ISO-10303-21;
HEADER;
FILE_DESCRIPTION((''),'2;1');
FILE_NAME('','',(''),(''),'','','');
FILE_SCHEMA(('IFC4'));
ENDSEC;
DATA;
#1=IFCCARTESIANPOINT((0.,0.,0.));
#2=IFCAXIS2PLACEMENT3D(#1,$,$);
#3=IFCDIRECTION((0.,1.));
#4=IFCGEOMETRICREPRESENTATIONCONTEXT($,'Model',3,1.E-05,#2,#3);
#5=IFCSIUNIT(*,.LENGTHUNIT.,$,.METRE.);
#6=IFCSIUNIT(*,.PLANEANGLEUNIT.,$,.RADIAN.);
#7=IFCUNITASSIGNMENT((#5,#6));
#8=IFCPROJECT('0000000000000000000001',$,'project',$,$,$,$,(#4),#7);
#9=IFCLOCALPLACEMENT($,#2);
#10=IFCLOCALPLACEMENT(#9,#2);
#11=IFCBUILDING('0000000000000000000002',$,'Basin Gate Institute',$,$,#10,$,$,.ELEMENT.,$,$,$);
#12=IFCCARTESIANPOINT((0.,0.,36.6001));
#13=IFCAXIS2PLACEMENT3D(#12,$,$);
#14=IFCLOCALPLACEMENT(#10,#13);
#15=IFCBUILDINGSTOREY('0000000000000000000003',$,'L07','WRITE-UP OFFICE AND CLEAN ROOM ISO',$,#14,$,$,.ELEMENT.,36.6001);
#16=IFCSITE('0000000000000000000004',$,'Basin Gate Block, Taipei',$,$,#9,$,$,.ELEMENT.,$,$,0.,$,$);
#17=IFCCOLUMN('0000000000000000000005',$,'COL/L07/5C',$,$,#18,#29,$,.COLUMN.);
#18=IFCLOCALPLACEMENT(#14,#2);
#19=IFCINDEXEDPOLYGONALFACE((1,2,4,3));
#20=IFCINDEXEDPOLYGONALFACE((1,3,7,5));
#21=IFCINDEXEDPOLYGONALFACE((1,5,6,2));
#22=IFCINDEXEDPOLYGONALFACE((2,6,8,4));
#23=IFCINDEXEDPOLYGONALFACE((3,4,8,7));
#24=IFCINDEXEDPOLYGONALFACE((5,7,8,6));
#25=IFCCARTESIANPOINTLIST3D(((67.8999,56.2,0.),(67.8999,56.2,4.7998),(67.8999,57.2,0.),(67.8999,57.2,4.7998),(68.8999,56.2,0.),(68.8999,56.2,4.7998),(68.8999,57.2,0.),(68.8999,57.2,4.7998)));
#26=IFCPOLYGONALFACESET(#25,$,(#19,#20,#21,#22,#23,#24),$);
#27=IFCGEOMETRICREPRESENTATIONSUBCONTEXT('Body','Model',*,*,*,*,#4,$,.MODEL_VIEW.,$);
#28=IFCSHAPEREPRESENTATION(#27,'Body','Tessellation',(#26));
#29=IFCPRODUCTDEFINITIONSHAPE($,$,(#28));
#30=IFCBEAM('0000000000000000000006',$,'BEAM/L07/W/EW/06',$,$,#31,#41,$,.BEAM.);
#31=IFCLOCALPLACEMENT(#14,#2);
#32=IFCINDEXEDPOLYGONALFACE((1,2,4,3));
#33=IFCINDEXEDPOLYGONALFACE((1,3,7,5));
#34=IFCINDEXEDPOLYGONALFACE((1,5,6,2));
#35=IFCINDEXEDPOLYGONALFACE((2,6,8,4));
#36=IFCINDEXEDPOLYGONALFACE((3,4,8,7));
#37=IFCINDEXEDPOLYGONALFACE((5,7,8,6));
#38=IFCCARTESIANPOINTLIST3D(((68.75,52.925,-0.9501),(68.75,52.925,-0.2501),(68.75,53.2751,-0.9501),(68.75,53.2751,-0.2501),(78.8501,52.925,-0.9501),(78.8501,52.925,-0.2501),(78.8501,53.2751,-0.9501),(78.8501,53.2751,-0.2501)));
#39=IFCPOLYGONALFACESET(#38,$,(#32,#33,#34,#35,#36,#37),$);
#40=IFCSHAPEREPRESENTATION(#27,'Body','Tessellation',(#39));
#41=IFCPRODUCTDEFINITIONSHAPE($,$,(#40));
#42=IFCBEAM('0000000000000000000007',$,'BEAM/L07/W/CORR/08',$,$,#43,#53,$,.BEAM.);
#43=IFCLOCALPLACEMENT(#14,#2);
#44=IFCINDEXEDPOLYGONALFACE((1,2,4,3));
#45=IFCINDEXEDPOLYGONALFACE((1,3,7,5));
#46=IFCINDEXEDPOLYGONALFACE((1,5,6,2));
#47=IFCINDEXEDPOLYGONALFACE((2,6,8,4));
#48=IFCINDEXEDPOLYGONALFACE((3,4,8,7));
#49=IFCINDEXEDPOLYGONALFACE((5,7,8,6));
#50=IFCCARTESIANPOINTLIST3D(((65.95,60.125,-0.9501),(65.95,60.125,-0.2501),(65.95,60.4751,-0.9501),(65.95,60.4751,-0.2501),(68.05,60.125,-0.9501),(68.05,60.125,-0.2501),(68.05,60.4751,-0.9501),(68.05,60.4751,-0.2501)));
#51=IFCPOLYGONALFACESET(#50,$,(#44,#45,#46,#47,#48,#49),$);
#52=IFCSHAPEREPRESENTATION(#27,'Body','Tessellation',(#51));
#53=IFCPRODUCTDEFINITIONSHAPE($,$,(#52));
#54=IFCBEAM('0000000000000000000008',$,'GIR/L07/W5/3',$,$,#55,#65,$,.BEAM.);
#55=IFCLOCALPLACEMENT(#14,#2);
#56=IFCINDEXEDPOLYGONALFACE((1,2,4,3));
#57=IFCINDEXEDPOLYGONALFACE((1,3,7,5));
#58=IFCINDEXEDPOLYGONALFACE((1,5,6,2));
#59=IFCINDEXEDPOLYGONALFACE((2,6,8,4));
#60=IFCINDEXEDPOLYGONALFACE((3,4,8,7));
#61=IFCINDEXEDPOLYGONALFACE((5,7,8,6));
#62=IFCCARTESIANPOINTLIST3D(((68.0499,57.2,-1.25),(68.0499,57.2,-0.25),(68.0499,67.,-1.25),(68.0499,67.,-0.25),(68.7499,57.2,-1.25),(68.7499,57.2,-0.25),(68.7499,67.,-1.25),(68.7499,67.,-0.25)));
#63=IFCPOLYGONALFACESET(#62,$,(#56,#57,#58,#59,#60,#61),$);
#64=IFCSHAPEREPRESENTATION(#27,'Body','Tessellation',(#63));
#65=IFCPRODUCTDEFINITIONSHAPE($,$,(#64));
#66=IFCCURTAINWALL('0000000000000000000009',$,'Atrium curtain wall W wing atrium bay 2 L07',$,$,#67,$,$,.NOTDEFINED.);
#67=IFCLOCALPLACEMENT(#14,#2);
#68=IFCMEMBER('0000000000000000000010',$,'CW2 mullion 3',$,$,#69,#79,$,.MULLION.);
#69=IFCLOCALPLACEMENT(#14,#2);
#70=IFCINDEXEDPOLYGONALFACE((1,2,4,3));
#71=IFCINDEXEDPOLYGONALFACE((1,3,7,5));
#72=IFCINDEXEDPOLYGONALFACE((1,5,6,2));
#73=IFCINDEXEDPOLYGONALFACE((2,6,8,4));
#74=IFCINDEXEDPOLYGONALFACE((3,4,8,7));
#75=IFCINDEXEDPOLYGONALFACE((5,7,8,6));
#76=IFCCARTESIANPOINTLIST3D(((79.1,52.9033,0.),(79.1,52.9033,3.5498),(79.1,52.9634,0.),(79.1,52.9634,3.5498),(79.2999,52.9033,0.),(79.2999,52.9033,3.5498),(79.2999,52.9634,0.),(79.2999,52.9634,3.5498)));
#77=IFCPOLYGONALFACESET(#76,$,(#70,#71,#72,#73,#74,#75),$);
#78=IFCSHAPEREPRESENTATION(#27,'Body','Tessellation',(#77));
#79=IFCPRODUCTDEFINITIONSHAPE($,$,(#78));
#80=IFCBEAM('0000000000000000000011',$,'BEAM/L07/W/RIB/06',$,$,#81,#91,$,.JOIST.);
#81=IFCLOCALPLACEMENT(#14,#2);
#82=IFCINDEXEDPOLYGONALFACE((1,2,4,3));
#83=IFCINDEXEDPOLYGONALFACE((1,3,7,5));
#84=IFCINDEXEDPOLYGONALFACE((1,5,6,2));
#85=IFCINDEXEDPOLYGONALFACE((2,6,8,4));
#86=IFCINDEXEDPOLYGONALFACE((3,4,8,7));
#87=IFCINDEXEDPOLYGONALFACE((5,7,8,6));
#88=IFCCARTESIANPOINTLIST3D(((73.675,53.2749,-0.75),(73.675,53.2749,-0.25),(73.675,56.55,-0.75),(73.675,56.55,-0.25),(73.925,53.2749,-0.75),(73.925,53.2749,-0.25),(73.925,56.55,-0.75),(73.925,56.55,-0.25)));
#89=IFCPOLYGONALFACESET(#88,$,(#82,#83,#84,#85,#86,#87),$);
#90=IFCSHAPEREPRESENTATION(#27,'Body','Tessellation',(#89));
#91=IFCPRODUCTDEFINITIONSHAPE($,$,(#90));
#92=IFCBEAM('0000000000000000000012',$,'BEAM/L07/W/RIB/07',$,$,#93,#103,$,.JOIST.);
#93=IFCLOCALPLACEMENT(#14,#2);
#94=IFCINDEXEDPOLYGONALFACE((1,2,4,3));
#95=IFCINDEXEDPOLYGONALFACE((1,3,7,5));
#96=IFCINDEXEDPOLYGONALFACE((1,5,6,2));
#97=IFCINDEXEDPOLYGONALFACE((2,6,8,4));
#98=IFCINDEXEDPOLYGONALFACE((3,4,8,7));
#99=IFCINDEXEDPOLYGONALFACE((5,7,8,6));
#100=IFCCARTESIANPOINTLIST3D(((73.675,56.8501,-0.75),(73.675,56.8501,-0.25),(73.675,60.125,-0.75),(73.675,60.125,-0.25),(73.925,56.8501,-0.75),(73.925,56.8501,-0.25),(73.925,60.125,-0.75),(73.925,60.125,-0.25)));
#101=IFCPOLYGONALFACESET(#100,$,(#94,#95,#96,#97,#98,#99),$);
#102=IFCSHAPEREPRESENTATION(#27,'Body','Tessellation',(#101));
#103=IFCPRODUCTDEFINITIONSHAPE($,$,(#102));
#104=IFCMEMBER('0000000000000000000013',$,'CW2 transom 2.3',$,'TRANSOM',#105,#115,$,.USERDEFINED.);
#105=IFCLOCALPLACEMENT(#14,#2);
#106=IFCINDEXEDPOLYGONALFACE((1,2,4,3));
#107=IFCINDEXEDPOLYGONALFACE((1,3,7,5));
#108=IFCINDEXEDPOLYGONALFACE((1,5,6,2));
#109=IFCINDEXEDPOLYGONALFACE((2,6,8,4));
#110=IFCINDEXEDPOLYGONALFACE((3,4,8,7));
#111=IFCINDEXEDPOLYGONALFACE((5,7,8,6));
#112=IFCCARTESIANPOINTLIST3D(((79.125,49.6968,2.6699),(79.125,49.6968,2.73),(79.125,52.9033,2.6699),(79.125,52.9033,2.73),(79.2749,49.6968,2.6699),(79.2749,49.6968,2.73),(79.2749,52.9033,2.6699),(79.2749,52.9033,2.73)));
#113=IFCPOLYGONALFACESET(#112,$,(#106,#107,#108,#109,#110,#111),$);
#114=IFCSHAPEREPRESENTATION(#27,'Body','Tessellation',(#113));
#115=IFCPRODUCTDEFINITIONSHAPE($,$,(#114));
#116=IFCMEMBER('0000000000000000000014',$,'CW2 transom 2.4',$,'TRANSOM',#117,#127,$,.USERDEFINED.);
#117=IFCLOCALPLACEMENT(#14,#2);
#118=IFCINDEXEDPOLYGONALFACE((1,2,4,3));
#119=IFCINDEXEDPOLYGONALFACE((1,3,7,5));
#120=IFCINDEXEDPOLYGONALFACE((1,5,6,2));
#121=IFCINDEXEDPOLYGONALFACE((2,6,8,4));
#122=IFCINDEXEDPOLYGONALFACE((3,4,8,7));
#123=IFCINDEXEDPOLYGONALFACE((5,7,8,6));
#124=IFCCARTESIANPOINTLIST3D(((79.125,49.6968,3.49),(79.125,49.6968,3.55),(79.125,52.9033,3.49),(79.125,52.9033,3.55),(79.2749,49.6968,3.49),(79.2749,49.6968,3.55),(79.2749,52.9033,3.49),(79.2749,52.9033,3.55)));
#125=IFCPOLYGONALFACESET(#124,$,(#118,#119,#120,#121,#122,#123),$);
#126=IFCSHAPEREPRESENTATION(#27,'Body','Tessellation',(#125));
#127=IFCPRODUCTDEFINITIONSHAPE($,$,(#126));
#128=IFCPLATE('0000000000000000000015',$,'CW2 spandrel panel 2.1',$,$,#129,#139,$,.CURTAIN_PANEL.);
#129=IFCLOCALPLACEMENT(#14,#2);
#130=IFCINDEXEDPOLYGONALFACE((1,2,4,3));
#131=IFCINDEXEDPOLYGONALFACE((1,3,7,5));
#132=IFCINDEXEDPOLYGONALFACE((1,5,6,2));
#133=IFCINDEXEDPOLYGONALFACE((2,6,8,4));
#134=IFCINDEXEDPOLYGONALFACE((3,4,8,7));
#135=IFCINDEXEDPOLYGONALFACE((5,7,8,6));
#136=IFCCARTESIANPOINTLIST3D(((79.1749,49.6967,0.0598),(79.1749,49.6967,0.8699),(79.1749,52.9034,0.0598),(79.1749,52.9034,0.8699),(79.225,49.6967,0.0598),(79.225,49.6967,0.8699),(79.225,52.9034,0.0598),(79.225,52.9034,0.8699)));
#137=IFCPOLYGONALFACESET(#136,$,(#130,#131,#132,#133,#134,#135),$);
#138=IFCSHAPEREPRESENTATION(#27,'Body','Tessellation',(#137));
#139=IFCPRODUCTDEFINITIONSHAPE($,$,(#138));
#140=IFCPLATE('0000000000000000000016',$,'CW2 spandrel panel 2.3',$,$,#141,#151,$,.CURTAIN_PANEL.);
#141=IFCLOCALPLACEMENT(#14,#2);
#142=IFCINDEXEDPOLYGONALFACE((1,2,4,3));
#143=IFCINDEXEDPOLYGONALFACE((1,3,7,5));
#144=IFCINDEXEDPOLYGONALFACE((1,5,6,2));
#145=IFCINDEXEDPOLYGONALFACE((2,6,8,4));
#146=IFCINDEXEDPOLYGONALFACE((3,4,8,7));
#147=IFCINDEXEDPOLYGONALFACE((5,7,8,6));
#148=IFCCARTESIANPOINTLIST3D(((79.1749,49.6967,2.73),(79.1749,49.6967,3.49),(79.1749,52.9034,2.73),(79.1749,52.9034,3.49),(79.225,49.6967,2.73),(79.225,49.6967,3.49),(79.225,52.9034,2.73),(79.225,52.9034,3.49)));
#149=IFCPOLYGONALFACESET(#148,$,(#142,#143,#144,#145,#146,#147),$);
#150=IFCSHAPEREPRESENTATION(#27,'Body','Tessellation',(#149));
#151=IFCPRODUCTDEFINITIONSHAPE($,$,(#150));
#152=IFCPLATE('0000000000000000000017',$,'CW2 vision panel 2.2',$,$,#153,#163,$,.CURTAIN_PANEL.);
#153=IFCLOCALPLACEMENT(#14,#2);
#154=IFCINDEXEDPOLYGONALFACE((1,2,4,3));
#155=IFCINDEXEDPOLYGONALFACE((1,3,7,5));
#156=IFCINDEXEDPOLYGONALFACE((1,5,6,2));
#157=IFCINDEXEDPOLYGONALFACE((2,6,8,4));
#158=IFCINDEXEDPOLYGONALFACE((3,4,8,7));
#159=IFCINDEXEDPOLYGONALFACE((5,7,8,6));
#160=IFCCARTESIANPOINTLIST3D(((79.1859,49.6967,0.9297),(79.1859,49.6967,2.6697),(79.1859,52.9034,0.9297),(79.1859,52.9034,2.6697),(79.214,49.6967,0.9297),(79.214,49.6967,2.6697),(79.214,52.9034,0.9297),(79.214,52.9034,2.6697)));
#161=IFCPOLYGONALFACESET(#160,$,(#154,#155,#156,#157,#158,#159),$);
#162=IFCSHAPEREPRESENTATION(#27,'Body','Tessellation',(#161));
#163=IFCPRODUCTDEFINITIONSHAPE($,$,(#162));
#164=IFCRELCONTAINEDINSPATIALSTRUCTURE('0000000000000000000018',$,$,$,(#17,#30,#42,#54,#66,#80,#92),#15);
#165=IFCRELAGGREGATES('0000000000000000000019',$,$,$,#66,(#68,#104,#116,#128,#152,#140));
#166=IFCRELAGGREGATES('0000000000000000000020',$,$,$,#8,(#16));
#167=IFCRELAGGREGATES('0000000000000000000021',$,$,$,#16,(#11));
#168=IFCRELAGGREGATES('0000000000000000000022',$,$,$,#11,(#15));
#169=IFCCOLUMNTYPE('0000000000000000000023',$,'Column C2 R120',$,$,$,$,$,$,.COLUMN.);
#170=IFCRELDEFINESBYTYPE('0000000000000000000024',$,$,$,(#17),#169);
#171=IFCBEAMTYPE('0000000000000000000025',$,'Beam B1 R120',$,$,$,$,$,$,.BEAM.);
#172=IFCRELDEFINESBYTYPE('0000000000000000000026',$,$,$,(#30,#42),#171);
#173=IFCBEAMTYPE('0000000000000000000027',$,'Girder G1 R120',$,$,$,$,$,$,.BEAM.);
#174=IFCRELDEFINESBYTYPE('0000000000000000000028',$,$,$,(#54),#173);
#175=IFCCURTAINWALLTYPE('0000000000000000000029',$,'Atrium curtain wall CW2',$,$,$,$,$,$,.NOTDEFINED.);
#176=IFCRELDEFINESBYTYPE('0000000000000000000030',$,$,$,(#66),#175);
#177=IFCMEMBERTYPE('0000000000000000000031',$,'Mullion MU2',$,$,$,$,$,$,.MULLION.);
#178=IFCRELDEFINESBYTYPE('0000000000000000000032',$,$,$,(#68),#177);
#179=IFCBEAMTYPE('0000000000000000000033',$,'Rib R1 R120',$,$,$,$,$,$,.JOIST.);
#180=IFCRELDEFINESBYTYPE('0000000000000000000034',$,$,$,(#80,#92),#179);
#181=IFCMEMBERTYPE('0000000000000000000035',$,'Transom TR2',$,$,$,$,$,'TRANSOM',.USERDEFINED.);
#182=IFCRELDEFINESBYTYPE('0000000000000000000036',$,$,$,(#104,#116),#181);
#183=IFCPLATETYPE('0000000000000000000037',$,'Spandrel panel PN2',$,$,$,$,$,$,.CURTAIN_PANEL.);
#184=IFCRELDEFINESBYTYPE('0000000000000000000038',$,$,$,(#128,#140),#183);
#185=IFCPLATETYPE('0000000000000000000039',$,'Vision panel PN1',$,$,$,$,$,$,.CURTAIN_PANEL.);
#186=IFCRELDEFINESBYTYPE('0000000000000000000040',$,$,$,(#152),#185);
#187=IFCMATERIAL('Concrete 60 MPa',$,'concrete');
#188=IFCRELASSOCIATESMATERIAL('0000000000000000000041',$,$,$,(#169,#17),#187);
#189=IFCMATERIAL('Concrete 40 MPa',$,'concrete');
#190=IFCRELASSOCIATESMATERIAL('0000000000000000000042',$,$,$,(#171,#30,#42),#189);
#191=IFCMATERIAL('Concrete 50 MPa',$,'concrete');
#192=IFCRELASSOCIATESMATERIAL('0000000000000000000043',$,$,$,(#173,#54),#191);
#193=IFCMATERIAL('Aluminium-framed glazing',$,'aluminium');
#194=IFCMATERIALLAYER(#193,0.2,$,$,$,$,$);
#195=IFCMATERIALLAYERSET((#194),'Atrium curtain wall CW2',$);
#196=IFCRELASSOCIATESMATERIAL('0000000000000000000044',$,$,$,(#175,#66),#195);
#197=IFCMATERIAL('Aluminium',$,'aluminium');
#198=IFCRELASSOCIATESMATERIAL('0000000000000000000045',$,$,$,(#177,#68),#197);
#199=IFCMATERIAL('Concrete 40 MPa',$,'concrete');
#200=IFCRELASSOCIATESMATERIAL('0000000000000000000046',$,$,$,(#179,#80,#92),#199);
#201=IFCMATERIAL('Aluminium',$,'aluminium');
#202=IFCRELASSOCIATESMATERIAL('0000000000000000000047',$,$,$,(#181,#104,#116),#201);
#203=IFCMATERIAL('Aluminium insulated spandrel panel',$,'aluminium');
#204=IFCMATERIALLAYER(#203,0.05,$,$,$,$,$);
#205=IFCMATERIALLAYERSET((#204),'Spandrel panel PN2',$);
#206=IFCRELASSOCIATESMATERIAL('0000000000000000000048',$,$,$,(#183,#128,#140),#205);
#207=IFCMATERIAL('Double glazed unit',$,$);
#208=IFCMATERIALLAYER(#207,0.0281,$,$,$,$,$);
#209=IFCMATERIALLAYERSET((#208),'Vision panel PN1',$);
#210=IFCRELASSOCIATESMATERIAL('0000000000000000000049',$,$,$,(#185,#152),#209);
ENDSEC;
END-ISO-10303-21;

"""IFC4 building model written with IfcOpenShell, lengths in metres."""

from ifc_helpers import new_model, si_unit, direction, frame, origin, origin_2d, place, context, subcontext, project, spatial, rectangle, extrude, material, layer, layer_set, material_profile, profile_set, type_object, element, aggregate, save


model = new_model("IFC4")

# Units and contexts
model_context = context("Model", 3, precision=1e-05, world=origin(), true_north=direction((0.0, 1.0)))
body_context = subcontext(model_context, "Body", "Model", "MODEL_VIEW")
ifc_project = project(units=[si_unit("LENGTHUNIT", "METRE"), si_unit("PLANEANGLEUNIT", "RADIAN")], contexts=[model_context])

# Site, building, storey
site_placement = place(None, origin())
site = spatial("IfcSite", under=ifc_project, at=site_placement, Name="Basin Gate Block, Taipei", CompositionType="ELEMENT", RefElevation=0.0)
building_placement = place(site_placement, origin())
building = spatial("IfcBuilding", under=site, at=building_placement, Name="Basin Gate Institute", CompositionType="ELEMENT")
storey_placement = place(building_placement, frame((0.0, 0.0, 36.6001)))
storey = spatial("IfcBuildingStorey", under=building, at=storey_placement, Name="L07", Description="WRITE-UP OFFICE AND CLEAN ROOM ISO", CompositionType="ELEMENT", Elevation=36.6001)

# Column
ifc_material_1 = material(Name="Concrete 60 MPa", Category="concrete")
ifc_material_profile_1 = material_profile(ifc_material_1, rectangle(XDim=1.0, YDim=1.0, at=origin_2d()), Name="Column C2 1000 x 1000")
ifc_profile_set_1 = profile_set([ifc_material_profile_1], Name="Concrete 60 MPa")
column_type = type_object("IfcColumnType", Name="Column C2 R120", PredefinedType="COLUMN", material=ifc_profile_set_1)
column_placement = place(storey_placement, frame((68.3999, 56.7, 0.0), z_axis=(0.0, 0.0, 1.0), x_axis=(1.0, 0.0, 0.0)))
element("IfcColumn", 1, at=column_placement, inside=storey, type_object=column_type, material=ifc_profile_set_1, Name="COL/L07/5C", PredefinedType="COLUMN", context=body_context, shape_type="SweptSolid", body=[
    extrude(rectangle(XDim=1.0, YDim=1.0, at=origin_2d()), origin(), (0.0, 0.0, 1.0), 4.7998),
])

# Beams
ifc_material_2 = material(Name="Concrete 40 MPa", Category="concrete")
ifc_material_profile_2 = material_profile(ifc_material_2, rectangle(XDim=0.3501, YDim=0.7, at=origin_2d()), Name="Beam B1 350 x 700")
ifc_profile_set_2 = profile_set([ifc_material_profile_2], Name="Concrete 40 MPa")
beam_type_1 = type_object("IfcBeamType", Name="Beam B1 R120", PredefinedType="BEAM", material=ifc_profile_set_2)
beam_1_placement = place(storey_placement, frame((68.75, 53.1001, -0.6001), z_axis=(1.0, 0.0, 0.0), x_axis=(0.0, 1.0, 0.0)))
element("IfcBeam", 2, at=beam_1_placement, inside=storey, type_object=beam_type_1, material=ifc_profile_set_2, Name="BEAM/L07/W/EW/06", PredefinedType="BEAM", context=body_context, shape_type="SweptSolid", body=[
    extrude(rectangle(XDim=0.3501, YDim=0.7, at=origin_2d()), origin(), (0.0, 0.0, 1.0), 10.1001),
])
beam_2_placement = place(storey_placement, frame((65.95, 60.3, -0.6001), z_axis=(1.0, 0.0, 0.0), x_axis=(0.0, 1.0, 0.0)))
element("IfcBeam", 3, at=beam_2_placement, inside=storey, type_object=beam_type_1, material=ifc_profile_set_2, Name="BEAM/L07/W/CORR/08", PredefinedType="BEAM", context=body_context, shape_type="SweptSolid", body=[
    extrude(rectangle(XDim=0.3501, YDim=0.7, at=origin_2d()), origin(), (0.0, 0.0, 1.0), 2.1001),
])
ifc_material_3 = material(Name="Concrete 50 MPa", Category="concrete")
ifc_material_profile_3 = material_profile(ifc_material_3, rectangle(XDim=0.7, YDim=1.0, at=origin_2d()), Name="Girder G1 700 x 1000")
ifc_profile_set_3 = profile_set([ifc_material_profile_3], Name="Concrete 50 MPa")
beam_type_2 = type_object("IfcBeamType", Name="Girder G1 R120", PredefinedType="BEAM", material=ifc_profile_set_3)
beam_3_placement = place(storey_placement, frame((68.3999, 57.2, -0.75), z_axis=(0.0, 1.0, 0.0), x_axis=(-1.0, 0.0, 0.0)))
element("IfcBeam", 4, at=beam_3_placement, inside=storey, type_object=beam_type_2, material=ifc_profile_set_3, Name="GIR/L07/W5/3", PredefinedType="BEAM", context=body_context, shape_type="SweptSolid", body=[
    extrude(rectangle(XDim=0.7, YDim=1.0, at=origin_2d()), origin(), (0.0, 0.0, 1.0), 9.8),
])

# Curtain wall, member
ifc_material_4 = material(Name="Aluminium-framed glazing", Category="aluminium")
ifc_layer_1 = layer(ifc_material_4, 0.2)
ifc_layer_set_1 = layer_set([ifc_layer_1], Name="Atrium curtain wall CW2")
curtain_wall_type = type_object("IfcCurtainWallType", Name="Atrium curtain wall CW2", PredefinedType="NOTDEFINED", material=ifc_layer_set_1)
curtain_wall_placement = place(storey_placement, origin())
curtain_wall = element("IfcCurtainWall", 5, at=curtain_wall_placement, inside=storey, type_object=curtain_wall_type, material=ifc_layer_set_1, Name="Atrium curtain wall W wing atrium bay 2 L07", PredefinedType="NOTDEFINED")
ifc_material_5 = material(Name="Aluminium", Category="aluminium")
ifc_material_profile_4 = material_profile(ifc_material_5, rectangle(XDim=0.2, YDim=0.0601, at=origin_2d()), Name="Mullion MU2 200 x 60")
ifc_profile_set_4 = profile_set([ifc_material_profile_4], Name="Aluminium")
member_type_1 = type_object("IfcMemberType", Name="Mullion MU2", PredefinedType="MULLION", material=ifc_profile_set_4)
member_1_placement = place(storey_placement, frame((79.2, 52.9333, 0.0), z_axis=(0.0, 0.0, 1.0), x_axis=(-1.0, 0.0, 0.0)))
member_1 = element("IfcMember", 6, at=member_1_placement, type_object=member_type_1, material=ifc_profile_set_4, Name="CW2 mullion 3", PredefinedType="MULLION", context=body_context, shape_type="SweptSolid", body=[
    extrude(rectangle(XDim=0.2, YDim=0.0601, at=origin_2d()), origin(), (0.0, 0.0, 1.0), 3.5498),
])

# Beams
ifc_material_6 = material(Name="Concrete 40 MPa", Category="concrete")
ifc_material_profile_5 = material_profile(ifc_material_6, rectangle(XDim=0.25, YDim=0.5, at=origin_2d()), Name="Rib R1 250 x 500")
ifc_profile_set_5 = profile_set([ifc_material_profile_5], Name="Concrete 40 MPa")
beam_type_3 = type_object("IfcBeamType", Name="Rib R1 R120", PredefinedType="JOIST", material=ifc_profile_set_5)
beam_4_placement = place(storey_placement, frame((73.8, 53.2749, -0.5), z_axis=(0.0, 1.0, 0.0), x_axis=(-1.0, 0.0, 0.0)))
element("IfcBeam", 7, at=beam_4_placement, inside=storey, type_object=beam_type_3, material=ifc_profile_set_5, Name="BEAM/L07/W/RIB/06", PredefinedType="JOIST", context=body_context, shape_type="SweptSolid", body=[
    extrude(rectangle(XDim=0.25, YDim=0.5, at=origin_2d()), origin(), (0.0, 0.0, 1.0), 3.2751),
])
beam_5_placement = place(storey_placement, frame((73.8, 56.8501, -0.5), z_axis=(0.0, 1.0, 0.0), x_axis=(-1.0, 0.0, 0.0)))
element("IfcBeam", 8, at=beam_5_placement, inside=storey, type_object=beam_type_3, material=ifc_profile_set_5, Name="BEAM/L07/W/RIB/07", PredefinedType="JOIST", context=body_context, shape_type="SweptSolid", body=[
    extrude(rectangle(XDim=0.25, YDim=0.5, at=origin_2d()), origin(), (0.0, 0.0, 1.0), 3.2749),
])

# Members
ifc_material_7 = material(Name="Aluminium", Category="aluminium")
ifc_material_profile_6 = material_profile(ifc_material_7, rectangle(XDim=0.1499, YDim=0.0601, at=origin_2d()), Name="Transom TR2 150 x 60")
ifc_profile_set_6 = profile_set([ifc_material_profile_6], Name="Aluminium")
member_type_2 = type_object("IfcMemberType", Name="Transom TR2", ElementType="TRANSOM", PredefinedType="USERDEFINED", material=ifc_profile_set_6)
member_2_placement = place(storey_placement, frame((79.2, 49.6968, 2.7), z_axis=(0.0, 1.0, 0.0), x_axis=(-1.0, 0.0, 0.0)))
member_2 = element("IfcMember", 9, at=member_2_placement, type_object=member_type_2, material=ifc_profile_set_6, Name="CW2 transom 2.3", ObjectType="TRANSOM", PredefinedType="USERDEFINED", context=body_context, shape_type="SweptSolid", body=[
    extrude(rectangle(XDim=0.1499, YDim=0.0601, at=origin_2d()), origin(), (0.0, 0.0, 1.0), 3.2065),
])
member_3_placement = place(storey_placement, frame((79.2, 49.6968, 3.52), z_axis=(0.0, 1.0, 0.0), x_axis=(-1.0, 0.0, 0.0)))
member_3 = element("IfcMember", 10, at=member_3_placement, type_object=member_type_2, material=ifc_profile_set_6, Name="CW2 transom 2.4", ObjectType="TRANSOM", PredefinedType="USERDEFINED", context=body_context, shape_type="SweptSolid", body=[
    extrude(rectangle(XDim=0.1499, YDim=0.0601, at=origin_2d()), origin(), (0.0, 0.0, 1.0), 3.2065),
])

# Plates
ifc_material_8 = material(Name="Aluminium insulated spandrel panel", Category="aluminium")
ifc_layer_2 = layer(ifc_material_8, 0.05)
ifc_layer_set_2 = layer_set([ifc_layer_2], Name="Spandrel panel PN2")
plate_type_1 = type_object("IfcPlateType", Name="Spandrel panel PN2", PredefinedType="CURTAIN_PANEL", material=ifc_layer_set_2)
plate_1_placement = place(storey_placement, frame((79.2, 51.3, 0.0598), z_axis=(0.0, 0.0, 1.0), x_axis=(0.0, 1.0, 0.0)))
plate_1 = element("IfcPlate", 11, at=plate_1_placement, type_object=plate_type_1, material=ifc_layer_set_2, Name="CW2 spandrel panel 2.1", PredefinedType="CURTAIN_PANEL", context=body_context, shape_type="SweptSolid", body=[
    extrude(rectangle(XDim=3.2068, YDim=0.05, at=origin_2d()), origin(), (0.0, 0.0, 1.0), 0.8101),
])
plate_2_placement = place(storey_placement, frame((79.2, 51.3, 2.73), z_axis=(0.0, 0.0, 1.0), x_axis=(0.0, 1.0, 0.0)))
plate_2 = element("IfcPlate", 12, at=plate_2_placement, type_object=plate_type_1, material=ifc_layer_set_2, Name="CW2 spandrel panel 2.3", PredefinedType="CURTAIN_PANEL", context=body_context, shape_type="SweptSolid", body=[
    extrude(rectangle(XDim=3.2068, YDim=0.05, at=origin_2d()), origin(), (0.0, 0.0, 1.0), 0.76),
])
ifc_material_9 = material(Name="Double glazed unit")
ifc_layer_3 = layer(ifc_material_9, 0.0281)
ifc_layer_set_3 = layer_set([ifc_layer_3], Name="Vision panel PN1")
plate_type_2 = type_object("IfcPlateType", Name="Vision panel PN1", PredefinedType="CURTAIN_PANEL", material=ifc_layer_set_3)
plate_3_placement = place(storey_placement, frame((79.2, 51.3, 0.9297), z_axis=(0.0, 0.0, 1.0), x_axis=(0.0, 1.0, 0.0)))
plate_3 = element("IfcPlate", 13, at=plate_3_placement, type_object=plate_type_2, material=ifc_layer_set_3, Name="CW2 vision panel 2.2", PredefinedType="CURTAIN_PANEL", context=body_context, shape_type="SweptSolid", body=[
    extrude(rectangle(XDim=3.2068, YDim=0.0281, at=origin_2d()), origin(), (0.0, 0.0, 1.0), 1.74),
])
aggregate(curtain_wall, [member_1, member_2, member_3, plate_1, plate_3, plate_2])

save(model, "model.ifc")
